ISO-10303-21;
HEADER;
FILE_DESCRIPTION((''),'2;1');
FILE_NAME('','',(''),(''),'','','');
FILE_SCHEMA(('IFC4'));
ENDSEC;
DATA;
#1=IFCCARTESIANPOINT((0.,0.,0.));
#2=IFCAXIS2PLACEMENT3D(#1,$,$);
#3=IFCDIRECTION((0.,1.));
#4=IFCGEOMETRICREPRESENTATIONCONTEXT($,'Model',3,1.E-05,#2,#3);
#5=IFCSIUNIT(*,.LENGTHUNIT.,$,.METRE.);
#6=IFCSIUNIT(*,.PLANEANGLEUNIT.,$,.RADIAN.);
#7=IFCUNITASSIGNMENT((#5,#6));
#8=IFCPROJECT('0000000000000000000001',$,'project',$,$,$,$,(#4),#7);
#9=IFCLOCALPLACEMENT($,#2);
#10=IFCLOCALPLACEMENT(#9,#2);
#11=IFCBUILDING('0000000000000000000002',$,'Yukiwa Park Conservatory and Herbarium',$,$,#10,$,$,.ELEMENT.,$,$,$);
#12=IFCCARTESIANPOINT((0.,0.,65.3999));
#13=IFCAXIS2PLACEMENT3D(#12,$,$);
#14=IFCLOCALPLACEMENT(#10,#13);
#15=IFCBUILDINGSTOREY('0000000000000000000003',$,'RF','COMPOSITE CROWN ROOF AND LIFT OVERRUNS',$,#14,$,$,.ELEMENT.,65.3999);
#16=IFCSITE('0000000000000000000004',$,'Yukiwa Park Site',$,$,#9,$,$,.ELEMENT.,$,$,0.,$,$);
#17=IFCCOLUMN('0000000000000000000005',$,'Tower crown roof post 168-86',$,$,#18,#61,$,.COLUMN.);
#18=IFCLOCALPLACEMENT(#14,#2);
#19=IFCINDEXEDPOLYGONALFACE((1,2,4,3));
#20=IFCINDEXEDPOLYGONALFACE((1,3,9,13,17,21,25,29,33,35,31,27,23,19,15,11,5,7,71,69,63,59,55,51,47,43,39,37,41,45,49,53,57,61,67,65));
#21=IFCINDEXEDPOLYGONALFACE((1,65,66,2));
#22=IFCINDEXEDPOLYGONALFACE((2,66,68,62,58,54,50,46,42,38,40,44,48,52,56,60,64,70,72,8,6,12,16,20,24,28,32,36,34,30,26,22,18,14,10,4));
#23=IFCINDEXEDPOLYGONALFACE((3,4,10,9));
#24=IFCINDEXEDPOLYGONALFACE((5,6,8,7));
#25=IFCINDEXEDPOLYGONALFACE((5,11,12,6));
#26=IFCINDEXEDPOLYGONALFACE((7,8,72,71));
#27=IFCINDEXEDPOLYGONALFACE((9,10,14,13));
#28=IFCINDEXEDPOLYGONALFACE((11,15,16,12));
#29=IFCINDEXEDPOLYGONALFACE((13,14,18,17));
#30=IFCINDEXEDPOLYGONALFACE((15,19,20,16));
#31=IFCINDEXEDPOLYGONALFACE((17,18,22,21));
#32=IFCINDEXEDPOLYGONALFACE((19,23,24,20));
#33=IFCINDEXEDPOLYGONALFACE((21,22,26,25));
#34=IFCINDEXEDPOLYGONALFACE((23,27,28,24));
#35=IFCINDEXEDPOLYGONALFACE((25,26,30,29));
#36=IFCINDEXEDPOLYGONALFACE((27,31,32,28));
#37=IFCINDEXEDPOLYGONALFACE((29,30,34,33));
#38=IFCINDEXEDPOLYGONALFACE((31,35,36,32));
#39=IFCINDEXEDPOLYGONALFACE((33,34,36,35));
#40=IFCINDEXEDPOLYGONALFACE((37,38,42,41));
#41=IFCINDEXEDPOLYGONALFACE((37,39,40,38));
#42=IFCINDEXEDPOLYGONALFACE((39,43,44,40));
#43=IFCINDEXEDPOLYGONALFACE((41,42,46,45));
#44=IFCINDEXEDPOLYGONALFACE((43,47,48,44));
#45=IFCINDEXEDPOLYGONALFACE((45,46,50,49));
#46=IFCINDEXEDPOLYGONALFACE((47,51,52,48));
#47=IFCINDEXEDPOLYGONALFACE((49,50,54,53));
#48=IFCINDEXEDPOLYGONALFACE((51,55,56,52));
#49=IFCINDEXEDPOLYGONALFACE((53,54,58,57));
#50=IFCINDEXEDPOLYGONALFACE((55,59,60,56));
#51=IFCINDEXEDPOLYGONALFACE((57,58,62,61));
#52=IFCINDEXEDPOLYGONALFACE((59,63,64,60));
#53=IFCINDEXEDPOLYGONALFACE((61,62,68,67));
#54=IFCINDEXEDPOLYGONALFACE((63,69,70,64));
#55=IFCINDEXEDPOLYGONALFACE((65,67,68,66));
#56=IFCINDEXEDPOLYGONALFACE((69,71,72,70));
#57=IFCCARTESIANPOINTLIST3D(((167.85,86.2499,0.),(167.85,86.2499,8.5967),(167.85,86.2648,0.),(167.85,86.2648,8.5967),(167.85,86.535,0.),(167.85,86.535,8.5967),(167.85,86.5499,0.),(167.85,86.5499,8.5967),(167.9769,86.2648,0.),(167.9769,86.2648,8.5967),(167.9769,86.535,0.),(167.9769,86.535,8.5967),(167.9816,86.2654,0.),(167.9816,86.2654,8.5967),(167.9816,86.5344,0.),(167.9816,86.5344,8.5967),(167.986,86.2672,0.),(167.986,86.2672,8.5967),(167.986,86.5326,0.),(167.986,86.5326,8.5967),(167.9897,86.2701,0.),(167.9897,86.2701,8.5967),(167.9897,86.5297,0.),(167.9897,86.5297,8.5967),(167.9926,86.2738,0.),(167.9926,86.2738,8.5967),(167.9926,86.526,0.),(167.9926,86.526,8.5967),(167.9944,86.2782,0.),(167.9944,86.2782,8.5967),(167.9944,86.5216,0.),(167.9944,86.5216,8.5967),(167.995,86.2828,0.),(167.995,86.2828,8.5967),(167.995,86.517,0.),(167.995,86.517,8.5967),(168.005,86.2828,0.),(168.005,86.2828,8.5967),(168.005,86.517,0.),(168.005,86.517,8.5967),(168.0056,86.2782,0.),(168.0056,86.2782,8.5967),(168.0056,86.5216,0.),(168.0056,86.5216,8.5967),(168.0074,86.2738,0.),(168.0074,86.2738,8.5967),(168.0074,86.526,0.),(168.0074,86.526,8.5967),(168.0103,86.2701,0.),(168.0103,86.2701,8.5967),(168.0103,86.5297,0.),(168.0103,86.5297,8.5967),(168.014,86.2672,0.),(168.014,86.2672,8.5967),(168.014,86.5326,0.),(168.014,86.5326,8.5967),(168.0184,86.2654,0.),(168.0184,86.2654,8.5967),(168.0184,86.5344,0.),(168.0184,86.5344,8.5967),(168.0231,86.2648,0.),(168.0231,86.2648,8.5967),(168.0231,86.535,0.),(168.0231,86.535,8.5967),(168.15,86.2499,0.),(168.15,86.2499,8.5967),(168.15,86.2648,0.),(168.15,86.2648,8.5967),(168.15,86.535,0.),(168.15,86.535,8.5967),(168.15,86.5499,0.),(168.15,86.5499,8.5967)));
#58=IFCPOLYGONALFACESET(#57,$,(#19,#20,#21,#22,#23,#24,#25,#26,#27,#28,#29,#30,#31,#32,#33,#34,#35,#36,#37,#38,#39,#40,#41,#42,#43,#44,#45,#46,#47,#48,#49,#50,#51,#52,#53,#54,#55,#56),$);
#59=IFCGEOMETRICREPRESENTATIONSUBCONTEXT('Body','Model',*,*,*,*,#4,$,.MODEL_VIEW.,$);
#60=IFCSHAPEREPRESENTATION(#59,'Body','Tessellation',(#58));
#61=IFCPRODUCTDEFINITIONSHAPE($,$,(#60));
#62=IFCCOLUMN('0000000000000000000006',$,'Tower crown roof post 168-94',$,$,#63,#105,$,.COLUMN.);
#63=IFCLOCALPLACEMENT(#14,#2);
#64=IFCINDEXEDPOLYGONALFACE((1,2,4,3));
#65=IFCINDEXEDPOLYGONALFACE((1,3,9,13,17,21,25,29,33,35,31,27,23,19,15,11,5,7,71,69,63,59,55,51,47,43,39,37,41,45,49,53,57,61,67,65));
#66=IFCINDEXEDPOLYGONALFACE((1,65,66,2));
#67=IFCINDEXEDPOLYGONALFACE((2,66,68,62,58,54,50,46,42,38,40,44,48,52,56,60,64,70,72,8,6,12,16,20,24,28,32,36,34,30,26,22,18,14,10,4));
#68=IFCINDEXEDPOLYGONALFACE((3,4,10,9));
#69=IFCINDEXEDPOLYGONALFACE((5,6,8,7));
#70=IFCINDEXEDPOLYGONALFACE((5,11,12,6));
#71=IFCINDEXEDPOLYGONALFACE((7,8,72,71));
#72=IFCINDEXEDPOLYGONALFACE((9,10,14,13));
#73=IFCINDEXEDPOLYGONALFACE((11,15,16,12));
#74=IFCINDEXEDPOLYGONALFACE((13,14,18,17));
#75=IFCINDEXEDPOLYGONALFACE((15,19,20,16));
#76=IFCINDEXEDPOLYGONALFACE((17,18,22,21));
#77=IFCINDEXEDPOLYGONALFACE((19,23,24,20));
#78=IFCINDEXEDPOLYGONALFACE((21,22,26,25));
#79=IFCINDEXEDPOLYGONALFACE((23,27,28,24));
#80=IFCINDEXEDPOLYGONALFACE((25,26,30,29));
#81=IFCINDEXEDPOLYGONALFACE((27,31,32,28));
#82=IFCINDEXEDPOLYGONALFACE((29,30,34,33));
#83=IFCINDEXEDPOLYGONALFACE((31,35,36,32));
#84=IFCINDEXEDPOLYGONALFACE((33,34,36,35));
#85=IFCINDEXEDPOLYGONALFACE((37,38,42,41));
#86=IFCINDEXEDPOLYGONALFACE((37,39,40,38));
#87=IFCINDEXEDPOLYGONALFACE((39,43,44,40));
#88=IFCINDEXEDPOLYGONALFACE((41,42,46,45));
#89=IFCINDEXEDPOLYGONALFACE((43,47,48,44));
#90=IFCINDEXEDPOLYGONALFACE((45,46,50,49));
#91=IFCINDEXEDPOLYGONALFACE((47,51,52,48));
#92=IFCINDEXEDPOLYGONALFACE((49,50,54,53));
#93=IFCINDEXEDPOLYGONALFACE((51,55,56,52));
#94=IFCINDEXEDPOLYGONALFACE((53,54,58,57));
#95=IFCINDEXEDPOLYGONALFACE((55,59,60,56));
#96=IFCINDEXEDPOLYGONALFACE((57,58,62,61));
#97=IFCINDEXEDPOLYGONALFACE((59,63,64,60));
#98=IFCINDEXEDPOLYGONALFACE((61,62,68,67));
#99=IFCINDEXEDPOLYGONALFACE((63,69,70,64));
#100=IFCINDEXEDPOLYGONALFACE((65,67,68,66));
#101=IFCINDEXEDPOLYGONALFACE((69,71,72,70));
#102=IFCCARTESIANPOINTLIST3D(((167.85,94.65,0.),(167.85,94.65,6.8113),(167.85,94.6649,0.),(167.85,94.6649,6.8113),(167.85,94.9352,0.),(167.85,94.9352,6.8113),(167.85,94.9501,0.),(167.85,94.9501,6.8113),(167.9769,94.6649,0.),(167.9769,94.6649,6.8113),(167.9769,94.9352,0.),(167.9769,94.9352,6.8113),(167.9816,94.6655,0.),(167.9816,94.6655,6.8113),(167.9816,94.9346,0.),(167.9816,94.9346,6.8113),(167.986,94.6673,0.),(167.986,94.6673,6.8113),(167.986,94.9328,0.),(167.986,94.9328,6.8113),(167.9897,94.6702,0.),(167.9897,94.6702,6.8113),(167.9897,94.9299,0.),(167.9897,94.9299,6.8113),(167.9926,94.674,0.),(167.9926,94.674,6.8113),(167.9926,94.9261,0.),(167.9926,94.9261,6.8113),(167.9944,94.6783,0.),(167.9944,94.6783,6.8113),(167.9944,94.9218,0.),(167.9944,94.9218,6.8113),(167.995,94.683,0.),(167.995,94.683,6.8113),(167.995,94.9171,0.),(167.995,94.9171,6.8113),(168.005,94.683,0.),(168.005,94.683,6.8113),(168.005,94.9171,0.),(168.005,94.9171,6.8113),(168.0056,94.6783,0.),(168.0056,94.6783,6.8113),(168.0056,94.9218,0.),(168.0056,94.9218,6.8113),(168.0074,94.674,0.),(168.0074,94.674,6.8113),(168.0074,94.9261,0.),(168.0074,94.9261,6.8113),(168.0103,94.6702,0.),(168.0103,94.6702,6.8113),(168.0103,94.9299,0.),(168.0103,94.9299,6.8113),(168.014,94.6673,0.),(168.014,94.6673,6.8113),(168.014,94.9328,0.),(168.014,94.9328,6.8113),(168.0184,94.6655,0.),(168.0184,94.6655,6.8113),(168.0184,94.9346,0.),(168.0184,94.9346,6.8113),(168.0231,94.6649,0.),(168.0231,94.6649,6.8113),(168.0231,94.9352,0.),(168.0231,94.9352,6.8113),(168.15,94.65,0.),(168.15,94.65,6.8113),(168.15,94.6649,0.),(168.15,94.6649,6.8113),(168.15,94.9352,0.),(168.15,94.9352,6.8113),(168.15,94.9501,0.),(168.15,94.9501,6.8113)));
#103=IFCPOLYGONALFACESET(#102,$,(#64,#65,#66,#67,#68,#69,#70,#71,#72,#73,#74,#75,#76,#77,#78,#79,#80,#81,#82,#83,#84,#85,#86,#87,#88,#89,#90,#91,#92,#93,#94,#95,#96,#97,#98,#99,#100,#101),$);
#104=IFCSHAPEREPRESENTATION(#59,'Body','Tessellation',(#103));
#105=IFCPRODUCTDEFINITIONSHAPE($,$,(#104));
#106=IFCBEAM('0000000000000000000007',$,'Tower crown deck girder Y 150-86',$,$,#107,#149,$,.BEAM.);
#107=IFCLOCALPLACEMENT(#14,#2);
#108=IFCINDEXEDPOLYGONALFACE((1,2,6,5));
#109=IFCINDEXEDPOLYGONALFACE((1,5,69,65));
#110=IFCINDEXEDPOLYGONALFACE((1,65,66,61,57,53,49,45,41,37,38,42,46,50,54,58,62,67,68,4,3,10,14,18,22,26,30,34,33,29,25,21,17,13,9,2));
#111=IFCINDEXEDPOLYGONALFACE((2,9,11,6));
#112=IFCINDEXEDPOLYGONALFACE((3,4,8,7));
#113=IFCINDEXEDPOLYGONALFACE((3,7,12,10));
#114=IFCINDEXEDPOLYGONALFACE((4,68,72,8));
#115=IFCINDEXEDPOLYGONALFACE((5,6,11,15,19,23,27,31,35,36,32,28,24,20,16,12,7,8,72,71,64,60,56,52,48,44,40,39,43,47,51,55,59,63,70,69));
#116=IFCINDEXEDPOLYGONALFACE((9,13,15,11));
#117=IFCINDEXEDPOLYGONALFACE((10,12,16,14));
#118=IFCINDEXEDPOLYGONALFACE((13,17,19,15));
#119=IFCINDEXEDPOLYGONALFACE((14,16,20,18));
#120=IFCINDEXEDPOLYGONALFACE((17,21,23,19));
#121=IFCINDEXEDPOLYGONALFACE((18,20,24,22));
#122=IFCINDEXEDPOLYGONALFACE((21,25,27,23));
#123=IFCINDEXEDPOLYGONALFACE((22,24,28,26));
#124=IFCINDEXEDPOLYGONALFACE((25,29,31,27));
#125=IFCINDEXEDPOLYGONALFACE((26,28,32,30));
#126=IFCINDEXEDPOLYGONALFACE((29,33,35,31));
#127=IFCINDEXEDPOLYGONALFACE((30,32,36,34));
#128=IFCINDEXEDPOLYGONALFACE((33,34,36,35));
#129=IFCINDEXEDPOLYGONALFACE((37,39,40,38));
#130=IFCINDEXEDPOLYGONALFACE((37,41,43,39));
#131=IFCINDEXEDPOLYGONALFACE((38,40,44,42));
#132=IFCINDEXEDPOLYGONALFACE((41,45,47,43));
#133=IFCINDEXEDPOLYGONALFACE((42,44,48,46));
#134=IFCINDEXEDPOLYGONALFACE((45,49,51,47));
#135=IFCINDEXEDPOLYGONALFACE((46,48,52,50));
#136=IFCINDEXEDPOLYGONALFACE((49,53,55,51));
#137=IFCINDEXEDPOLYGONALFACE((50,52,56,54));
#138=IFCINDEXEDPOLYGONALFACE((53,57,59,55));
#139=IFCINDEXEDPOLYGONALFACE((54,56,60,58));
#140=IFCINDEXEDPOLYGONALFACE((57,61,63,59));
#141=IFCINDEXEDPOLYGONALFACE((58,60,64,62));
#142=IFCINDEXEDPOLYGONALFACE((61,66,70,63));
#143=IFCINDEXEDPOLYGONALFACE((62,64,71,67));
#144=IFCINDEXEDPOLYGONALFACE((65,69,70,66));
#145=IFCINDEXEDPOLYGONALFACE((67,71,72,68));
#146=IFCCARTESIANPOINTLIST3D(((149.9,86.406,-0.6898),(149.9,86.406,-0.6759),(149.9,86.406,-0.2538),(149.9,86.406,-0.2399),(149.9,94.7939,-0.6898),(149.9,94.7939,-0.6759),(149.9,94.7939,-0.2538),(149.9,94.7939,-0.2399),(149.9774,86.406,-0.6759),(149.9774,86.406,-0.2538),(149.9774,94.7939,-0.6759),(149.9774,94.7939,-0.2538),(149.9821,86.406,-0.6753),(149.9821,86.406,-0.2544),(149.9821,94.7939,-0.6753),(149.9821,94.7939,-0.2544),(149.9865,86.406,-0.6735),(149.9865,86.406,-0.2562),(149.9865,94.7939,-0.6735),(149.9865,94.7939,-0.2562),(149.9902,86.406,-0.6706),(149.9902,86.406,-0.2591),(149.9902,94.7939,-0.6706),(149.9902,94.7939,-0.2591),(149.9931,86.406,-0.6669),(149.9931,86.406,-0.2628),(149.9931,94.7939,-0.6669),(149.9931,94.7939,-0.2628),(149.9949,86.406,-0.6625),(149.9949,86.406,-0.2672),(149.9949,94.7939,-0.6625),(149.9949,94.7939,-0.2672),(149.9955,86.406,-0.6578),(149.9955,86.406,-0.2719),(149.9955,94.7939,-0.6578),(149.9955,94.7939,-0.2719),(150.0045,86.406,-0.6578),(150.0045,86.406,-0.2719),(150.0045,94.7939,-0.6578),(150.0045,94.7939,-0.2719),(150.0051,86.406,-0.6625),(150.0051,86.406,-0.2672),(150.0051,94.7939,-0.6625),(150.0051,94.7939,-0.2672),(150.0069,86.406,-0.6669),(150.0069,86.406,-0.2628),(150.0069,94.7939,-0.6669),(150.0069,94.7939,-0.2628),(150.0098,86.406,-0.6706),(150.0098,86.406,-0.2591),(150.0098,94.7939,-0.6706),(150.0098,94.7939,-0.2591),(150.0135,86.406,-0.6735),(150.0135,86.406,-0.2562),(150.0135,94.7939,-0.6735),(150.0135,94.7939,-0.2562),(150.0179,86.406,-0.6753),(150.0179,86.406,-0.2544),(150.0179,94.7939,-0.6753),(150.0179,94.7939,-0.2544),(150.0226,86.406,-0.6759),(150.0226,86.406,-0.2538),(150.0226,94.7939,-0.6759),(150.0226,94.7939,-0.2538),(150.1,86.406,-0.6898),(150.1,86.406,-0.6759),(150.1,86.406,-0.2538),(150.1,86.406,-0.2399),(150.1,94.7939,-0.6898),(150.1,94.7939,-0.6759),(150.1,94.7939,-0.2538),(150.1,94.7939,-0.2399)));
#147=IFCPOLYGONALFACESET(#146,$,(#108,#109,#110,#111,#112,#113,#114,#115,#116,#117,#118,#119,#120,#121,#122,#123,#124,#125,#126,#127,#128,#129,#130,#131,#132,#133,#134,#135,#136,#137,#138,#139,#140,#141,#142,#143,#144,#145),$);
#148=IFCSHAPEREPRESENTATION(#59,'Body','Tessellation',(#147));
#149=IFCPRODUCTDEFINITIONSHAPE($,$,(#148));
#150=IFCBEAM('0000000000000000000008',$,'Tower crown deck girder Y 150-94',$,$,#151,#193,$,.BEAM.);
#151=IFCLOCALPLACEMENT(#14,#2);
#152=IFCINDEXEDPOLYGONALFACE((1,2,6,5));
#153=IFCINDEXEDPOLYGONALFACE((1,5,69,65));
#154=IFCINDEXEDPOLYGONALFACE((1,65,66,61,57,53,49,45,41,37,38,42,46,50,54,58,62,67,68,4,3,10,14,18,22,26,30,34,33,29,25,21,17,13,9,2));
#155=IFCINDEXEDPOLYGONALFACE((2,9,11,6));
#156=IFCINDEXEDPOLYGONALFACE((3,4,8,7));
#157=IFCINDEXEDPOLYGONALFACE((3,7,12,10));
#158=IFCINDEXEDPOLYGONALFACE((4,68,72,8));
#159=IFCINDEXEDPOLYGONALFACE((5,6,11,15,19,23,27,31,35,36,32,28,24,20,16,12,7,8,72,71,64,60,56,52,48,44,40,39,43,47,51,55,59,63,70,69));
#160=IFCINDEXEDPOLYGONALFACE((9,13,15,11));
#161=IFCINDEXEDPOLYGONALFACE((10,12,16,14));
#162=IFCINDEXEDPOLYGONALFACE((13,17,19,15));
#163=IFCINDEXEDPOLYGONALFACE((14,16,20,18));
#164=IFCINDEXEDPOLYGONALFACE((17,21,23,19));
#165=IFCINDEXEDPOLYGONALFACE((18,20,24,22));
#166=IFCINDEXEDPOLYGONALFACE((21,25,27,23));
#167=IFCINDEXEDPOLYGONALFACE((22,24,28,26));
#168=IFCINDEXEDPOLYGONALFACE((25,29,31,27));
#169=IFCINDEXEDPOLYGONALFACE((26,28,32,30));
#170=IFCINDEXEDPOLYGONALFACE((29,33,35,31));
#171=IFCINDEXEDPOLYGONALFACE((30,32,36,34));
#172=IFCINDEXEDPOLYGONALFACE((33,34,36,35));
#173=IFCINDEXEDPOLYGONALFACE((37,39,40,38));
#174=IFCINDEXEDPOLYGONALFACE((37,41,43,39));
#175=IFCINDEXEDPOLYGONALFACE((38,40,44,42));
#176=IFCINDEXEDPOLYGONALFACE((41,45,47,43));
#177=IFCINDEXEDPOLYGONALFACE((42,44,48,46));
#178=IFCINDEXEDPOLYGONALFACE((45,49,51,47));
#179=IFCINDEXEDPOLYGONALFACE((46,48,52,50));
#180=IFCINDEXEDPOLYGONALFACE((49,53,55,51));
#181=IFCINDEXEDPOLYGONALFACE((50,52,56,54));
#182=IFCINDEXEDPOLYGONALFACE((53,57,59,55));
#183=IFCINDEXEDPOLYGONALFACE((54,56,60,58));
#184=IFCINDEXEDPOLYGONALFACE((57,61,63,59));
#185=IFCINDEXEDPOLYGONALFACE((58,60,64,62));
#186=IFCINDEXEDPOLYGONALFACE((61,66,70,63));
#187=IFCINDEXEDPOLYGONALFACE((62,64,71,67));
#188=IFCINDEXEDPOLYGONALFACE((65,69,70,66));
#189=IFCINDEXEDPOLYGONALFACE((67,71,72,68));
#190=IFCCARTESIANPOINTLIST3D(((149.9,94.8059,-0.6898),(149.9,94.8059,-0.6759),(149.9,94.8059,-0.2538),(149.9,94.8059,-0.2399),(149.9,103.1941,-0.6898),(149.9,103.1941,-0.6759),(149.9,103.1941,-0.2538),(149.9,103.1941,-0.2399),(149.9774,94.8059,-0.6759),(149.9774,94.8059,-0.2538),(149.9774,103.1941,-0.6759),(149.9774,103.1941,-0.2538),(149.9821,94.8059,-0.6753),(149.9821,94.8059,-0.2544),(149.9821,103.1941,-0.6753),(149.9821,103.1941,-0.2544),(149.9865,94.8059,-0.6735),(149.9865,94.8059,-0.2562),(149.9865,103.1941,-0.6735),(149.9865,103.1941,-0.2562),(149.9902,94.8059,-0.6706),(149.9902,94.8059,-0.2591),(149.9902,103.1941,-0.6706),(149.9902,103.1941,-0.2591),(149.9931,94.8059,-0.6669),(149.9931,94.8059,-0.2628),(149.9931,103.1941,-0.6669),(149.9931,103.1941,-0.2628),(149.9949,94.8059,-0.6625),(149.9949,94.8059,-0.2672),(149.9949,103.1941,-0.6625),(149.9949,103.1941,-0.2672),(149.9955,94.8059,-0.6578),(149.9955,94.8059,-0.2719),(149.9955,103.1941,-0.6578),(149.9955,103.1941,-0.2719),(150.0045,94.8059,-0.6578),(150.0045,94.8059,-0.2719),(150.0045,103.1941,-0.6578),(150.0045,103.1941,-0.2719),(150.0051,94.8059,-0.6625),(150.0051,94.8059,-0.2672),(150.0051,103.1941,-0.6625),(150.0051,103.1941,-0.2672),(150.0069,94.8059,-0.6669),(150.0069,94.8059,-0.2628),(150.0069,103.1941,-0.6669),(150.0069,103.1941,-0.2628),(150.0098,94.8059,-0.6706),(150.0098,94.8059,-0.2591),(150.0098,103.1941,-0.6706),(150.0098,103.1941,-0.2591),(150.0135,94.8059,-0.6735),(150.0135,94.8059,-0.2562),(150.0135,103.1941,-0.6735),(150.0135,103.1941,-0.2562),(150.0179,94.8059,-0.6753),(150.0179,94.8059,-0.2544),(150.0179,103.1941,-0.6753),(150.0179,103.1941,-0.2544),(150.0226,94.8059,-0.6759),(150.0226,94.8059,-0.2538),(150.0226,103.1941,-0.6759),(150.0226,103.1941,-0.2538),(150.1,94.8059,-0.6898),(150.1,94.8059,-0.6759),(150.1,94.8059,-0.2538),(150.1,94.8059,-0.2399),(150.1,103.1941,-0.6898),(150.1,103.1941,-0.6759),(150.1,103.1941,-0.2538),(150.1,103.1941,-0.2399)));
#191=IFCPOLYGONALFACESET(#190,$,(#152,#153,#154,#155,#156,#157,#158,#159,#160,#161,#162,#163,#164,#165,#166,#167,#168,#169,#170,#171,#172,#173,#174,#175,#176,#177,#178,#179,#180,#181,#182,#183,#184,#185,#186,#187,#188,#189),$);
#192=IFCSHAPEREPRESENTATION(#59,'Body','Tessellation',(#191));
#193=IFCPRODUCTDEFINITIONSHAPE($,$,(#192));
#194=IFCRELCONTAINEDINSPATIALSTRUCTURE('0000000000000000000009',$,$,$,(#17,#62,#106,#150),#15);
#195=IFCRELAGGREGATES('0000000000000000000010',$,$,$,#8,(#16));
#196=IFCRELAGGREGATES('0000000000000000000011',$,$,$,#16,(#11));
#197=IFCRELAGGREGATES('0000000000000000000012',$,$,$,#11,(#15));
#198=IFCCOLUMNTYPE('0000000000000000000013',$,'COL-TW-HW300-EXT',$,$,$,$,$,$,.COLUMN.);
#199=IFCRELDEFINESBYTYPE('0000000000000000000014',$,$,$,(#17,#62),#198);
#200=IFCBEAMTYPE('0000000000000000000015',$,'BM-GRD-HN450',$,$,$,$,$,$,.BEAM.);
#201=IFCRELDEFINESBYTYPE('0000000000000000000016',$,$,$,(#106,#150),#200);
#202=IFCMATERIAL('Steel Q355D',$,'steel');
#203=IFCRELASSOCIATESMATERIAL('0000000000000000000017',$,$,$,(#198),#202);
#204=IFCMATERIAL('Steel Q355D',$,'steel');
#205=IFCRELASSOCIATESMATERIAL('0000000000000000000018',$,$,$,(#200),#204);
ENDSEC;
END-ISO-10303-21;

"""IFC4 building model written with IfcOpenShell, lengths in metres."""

from ifc_helpers import new_model, si_unit, direction, frame, origin, origin_2d, place, context, subcontext, project, spatial, i_section, extrude, material, material_profile, profile_set, type_object, element, save


model = new_model("IFC4")

# Units and contexts
model_context = context("Model", 3, precision=1e-05, world=origin(), true_north=direction((0.0, 1.0)))
body_context = subcontext(model_context, "Body", "Model", "MODEL_VIEW")
ifc_project = project(units=[si_unit("LENGTHUNIT", "METRE"), si_unit("PLANEANGLEUNIT", "RADIAN")], contexts=[model_context])

# Site, building, storey
site_placement = place(None, origin())
site = spatial("IfcSite", under=ifc_project, at=site_placement, Name="Yukiwa Park Site", CompositionType="ELEMENT", RefElevation=0.0)
building_placement = place(site_placement, origin())
building = spatial("IfcBuilding", under=site, at=building_placement, Name="Yukiwa Park Conservatory and Herbarium", CompositionType="ELEMENT")
storey_placement = place(building_placement, frame((0.0, 0.0, 65.3999)))
storey = spatial("IfcBuildingStorey", under=building, at=storey_placement, Name="RF", Description="COMPOSITE CROWN ROOF AND LIFT OVERRUNS", CompositionType="ELEMENT", Elevation=65.3999)

# Columns
ifc_material_1 = material(Name="Steel Q355D", Category="steel")
ifc_material_profile_1 = material_profile(ifc_material_1, i_section(OverallWidth=0.3, OverallDepth=0.3, WebThickness=0.01, FlangeThickness=0.0149, FilletRadius=0.0181, at=origin_2d()), Name="HW 300x300x10x15")
ifc_profile_set_1 = profile_set([ifc_material_profile_1], Name="Steel Q355D")
column_type_1 = type_object("IfcColumnType", Name="COL-TW-HW300-EXT", PredefinedType="COLUMN", material=ifc_profile_set_1)
for number, where, z_axis, x_axis, name in (
    (1, (168.0, 86.3999, 0.0), (0.0, 0.0, 1.0), (1.0, 0.0, 0.0), "Tower crown roof post 168-86"),
):
    element("IfcColumn", number, at=place(storey_placement, frame(where, z_axis=z_axis, x_axis=x_axis)), inside=storey, type_object=column_type_1, Name=name, PredefinedType="COLUMN", context=body_context, shape_type="SweptSolid", body=[
        extrude(i_section(OverallWidth=0.3, OverallDepth=0.3, WebThickness=0.01, FlangeThickness=0.0149, FilletRadius=0.0181, at=origin_2d()), origin(), (0.0, 0.0, 1.0), 8.5967),
    ])
column_placement = place(storey_placement, frame((168.0, 94.8, 0.0), z_axis=(0.0, 0.0, 1.0), x_axis=(1.0, 0.0, 0.0)))
element("IfcColumn", 2, at=column_placement, inside=storey, type_object=column_type_1, Name="Tower crown roof post 168-94", PredefinedType="COLUMN", context=body_context, shape_type="SweptSolid", body=[
    extrude(i_section(OverallWidth=0.3, OverallDepth=0.3, WebThickness=0.01, FlangeThickness=0.0149, FilletRadius=0.0181, at=origin_2d()), origin(), (0.0, 0.0, 1.0), 6.8113),
])

# Beams
ifc_material_2 = material(Name="Steel Q355D", Category="steel")
ifc_material_profile_2 = material_profile(ifc_material_2, i_section(OverallWidth=0.2, OverallDepth=0.45, WebThickness=0.009, FlangeThickness=0.0139, FilletRadius=0.0181, at=origin_2d()), Name="HN 450x200x9x14")
ifc_profile_set_2 = profile_set([ifc_material_profile_2], Name="Steel Q355D")
beam_type_1 = type_object("IfcBeamType", Name="BM-GRD-HN450", PredefinedType="BEAM", material=ifc_profile_set_2)
beam_1_placement = place(storey_placement, frame((150.0, 86.406, -0.4648), z_axis=(0.0, 1.0, 0.0), x_axis=(-1.0, 0.0, 0.0)))
element("IfcBeam", 3, at=beam_1_placement, inside=storey, type_object=beam_type_1, Name="Tower crown deck girder Y 150-86", PredefinedType="BEAM", context=body_context, shape_type="SweptSolid", body=[
    extrude(i_section(OverallWidth=0.2, OverallDepth=0.45, WebThickness=0.009, FlangeThickness=0.0139, FilletRadius=0.0181, at=origin_2d()), origin(), (0.0, 0.0, 1.0), 8.3879),
])
beam_2_placement = place(storey_placement, frame((150.0, 94.8059, -0.4648), z_axis=(0.0, 1.0, 0.0), x_axis=(-1.0, 0.0, 0.0)))
element("IfcBeam", 4, at=beam_2_placement, inside=storey, type_object=beam_type_1, Name="Tower crown deck girder Y 150-94", PredefinedType="BEAM", context=body_context, shape_type="SweptSolid", body=[
    extrude(i_section(OverallWidth=0.2, OverallDepth=0.45, WebThickness=0.009, FlangeThickness=0.0139, FilletRadius=0.0181, at=origin_2d()), origin(), (0.0, 0.0, 1.0), 8.3882),
])

save(model, "model.ifc")
